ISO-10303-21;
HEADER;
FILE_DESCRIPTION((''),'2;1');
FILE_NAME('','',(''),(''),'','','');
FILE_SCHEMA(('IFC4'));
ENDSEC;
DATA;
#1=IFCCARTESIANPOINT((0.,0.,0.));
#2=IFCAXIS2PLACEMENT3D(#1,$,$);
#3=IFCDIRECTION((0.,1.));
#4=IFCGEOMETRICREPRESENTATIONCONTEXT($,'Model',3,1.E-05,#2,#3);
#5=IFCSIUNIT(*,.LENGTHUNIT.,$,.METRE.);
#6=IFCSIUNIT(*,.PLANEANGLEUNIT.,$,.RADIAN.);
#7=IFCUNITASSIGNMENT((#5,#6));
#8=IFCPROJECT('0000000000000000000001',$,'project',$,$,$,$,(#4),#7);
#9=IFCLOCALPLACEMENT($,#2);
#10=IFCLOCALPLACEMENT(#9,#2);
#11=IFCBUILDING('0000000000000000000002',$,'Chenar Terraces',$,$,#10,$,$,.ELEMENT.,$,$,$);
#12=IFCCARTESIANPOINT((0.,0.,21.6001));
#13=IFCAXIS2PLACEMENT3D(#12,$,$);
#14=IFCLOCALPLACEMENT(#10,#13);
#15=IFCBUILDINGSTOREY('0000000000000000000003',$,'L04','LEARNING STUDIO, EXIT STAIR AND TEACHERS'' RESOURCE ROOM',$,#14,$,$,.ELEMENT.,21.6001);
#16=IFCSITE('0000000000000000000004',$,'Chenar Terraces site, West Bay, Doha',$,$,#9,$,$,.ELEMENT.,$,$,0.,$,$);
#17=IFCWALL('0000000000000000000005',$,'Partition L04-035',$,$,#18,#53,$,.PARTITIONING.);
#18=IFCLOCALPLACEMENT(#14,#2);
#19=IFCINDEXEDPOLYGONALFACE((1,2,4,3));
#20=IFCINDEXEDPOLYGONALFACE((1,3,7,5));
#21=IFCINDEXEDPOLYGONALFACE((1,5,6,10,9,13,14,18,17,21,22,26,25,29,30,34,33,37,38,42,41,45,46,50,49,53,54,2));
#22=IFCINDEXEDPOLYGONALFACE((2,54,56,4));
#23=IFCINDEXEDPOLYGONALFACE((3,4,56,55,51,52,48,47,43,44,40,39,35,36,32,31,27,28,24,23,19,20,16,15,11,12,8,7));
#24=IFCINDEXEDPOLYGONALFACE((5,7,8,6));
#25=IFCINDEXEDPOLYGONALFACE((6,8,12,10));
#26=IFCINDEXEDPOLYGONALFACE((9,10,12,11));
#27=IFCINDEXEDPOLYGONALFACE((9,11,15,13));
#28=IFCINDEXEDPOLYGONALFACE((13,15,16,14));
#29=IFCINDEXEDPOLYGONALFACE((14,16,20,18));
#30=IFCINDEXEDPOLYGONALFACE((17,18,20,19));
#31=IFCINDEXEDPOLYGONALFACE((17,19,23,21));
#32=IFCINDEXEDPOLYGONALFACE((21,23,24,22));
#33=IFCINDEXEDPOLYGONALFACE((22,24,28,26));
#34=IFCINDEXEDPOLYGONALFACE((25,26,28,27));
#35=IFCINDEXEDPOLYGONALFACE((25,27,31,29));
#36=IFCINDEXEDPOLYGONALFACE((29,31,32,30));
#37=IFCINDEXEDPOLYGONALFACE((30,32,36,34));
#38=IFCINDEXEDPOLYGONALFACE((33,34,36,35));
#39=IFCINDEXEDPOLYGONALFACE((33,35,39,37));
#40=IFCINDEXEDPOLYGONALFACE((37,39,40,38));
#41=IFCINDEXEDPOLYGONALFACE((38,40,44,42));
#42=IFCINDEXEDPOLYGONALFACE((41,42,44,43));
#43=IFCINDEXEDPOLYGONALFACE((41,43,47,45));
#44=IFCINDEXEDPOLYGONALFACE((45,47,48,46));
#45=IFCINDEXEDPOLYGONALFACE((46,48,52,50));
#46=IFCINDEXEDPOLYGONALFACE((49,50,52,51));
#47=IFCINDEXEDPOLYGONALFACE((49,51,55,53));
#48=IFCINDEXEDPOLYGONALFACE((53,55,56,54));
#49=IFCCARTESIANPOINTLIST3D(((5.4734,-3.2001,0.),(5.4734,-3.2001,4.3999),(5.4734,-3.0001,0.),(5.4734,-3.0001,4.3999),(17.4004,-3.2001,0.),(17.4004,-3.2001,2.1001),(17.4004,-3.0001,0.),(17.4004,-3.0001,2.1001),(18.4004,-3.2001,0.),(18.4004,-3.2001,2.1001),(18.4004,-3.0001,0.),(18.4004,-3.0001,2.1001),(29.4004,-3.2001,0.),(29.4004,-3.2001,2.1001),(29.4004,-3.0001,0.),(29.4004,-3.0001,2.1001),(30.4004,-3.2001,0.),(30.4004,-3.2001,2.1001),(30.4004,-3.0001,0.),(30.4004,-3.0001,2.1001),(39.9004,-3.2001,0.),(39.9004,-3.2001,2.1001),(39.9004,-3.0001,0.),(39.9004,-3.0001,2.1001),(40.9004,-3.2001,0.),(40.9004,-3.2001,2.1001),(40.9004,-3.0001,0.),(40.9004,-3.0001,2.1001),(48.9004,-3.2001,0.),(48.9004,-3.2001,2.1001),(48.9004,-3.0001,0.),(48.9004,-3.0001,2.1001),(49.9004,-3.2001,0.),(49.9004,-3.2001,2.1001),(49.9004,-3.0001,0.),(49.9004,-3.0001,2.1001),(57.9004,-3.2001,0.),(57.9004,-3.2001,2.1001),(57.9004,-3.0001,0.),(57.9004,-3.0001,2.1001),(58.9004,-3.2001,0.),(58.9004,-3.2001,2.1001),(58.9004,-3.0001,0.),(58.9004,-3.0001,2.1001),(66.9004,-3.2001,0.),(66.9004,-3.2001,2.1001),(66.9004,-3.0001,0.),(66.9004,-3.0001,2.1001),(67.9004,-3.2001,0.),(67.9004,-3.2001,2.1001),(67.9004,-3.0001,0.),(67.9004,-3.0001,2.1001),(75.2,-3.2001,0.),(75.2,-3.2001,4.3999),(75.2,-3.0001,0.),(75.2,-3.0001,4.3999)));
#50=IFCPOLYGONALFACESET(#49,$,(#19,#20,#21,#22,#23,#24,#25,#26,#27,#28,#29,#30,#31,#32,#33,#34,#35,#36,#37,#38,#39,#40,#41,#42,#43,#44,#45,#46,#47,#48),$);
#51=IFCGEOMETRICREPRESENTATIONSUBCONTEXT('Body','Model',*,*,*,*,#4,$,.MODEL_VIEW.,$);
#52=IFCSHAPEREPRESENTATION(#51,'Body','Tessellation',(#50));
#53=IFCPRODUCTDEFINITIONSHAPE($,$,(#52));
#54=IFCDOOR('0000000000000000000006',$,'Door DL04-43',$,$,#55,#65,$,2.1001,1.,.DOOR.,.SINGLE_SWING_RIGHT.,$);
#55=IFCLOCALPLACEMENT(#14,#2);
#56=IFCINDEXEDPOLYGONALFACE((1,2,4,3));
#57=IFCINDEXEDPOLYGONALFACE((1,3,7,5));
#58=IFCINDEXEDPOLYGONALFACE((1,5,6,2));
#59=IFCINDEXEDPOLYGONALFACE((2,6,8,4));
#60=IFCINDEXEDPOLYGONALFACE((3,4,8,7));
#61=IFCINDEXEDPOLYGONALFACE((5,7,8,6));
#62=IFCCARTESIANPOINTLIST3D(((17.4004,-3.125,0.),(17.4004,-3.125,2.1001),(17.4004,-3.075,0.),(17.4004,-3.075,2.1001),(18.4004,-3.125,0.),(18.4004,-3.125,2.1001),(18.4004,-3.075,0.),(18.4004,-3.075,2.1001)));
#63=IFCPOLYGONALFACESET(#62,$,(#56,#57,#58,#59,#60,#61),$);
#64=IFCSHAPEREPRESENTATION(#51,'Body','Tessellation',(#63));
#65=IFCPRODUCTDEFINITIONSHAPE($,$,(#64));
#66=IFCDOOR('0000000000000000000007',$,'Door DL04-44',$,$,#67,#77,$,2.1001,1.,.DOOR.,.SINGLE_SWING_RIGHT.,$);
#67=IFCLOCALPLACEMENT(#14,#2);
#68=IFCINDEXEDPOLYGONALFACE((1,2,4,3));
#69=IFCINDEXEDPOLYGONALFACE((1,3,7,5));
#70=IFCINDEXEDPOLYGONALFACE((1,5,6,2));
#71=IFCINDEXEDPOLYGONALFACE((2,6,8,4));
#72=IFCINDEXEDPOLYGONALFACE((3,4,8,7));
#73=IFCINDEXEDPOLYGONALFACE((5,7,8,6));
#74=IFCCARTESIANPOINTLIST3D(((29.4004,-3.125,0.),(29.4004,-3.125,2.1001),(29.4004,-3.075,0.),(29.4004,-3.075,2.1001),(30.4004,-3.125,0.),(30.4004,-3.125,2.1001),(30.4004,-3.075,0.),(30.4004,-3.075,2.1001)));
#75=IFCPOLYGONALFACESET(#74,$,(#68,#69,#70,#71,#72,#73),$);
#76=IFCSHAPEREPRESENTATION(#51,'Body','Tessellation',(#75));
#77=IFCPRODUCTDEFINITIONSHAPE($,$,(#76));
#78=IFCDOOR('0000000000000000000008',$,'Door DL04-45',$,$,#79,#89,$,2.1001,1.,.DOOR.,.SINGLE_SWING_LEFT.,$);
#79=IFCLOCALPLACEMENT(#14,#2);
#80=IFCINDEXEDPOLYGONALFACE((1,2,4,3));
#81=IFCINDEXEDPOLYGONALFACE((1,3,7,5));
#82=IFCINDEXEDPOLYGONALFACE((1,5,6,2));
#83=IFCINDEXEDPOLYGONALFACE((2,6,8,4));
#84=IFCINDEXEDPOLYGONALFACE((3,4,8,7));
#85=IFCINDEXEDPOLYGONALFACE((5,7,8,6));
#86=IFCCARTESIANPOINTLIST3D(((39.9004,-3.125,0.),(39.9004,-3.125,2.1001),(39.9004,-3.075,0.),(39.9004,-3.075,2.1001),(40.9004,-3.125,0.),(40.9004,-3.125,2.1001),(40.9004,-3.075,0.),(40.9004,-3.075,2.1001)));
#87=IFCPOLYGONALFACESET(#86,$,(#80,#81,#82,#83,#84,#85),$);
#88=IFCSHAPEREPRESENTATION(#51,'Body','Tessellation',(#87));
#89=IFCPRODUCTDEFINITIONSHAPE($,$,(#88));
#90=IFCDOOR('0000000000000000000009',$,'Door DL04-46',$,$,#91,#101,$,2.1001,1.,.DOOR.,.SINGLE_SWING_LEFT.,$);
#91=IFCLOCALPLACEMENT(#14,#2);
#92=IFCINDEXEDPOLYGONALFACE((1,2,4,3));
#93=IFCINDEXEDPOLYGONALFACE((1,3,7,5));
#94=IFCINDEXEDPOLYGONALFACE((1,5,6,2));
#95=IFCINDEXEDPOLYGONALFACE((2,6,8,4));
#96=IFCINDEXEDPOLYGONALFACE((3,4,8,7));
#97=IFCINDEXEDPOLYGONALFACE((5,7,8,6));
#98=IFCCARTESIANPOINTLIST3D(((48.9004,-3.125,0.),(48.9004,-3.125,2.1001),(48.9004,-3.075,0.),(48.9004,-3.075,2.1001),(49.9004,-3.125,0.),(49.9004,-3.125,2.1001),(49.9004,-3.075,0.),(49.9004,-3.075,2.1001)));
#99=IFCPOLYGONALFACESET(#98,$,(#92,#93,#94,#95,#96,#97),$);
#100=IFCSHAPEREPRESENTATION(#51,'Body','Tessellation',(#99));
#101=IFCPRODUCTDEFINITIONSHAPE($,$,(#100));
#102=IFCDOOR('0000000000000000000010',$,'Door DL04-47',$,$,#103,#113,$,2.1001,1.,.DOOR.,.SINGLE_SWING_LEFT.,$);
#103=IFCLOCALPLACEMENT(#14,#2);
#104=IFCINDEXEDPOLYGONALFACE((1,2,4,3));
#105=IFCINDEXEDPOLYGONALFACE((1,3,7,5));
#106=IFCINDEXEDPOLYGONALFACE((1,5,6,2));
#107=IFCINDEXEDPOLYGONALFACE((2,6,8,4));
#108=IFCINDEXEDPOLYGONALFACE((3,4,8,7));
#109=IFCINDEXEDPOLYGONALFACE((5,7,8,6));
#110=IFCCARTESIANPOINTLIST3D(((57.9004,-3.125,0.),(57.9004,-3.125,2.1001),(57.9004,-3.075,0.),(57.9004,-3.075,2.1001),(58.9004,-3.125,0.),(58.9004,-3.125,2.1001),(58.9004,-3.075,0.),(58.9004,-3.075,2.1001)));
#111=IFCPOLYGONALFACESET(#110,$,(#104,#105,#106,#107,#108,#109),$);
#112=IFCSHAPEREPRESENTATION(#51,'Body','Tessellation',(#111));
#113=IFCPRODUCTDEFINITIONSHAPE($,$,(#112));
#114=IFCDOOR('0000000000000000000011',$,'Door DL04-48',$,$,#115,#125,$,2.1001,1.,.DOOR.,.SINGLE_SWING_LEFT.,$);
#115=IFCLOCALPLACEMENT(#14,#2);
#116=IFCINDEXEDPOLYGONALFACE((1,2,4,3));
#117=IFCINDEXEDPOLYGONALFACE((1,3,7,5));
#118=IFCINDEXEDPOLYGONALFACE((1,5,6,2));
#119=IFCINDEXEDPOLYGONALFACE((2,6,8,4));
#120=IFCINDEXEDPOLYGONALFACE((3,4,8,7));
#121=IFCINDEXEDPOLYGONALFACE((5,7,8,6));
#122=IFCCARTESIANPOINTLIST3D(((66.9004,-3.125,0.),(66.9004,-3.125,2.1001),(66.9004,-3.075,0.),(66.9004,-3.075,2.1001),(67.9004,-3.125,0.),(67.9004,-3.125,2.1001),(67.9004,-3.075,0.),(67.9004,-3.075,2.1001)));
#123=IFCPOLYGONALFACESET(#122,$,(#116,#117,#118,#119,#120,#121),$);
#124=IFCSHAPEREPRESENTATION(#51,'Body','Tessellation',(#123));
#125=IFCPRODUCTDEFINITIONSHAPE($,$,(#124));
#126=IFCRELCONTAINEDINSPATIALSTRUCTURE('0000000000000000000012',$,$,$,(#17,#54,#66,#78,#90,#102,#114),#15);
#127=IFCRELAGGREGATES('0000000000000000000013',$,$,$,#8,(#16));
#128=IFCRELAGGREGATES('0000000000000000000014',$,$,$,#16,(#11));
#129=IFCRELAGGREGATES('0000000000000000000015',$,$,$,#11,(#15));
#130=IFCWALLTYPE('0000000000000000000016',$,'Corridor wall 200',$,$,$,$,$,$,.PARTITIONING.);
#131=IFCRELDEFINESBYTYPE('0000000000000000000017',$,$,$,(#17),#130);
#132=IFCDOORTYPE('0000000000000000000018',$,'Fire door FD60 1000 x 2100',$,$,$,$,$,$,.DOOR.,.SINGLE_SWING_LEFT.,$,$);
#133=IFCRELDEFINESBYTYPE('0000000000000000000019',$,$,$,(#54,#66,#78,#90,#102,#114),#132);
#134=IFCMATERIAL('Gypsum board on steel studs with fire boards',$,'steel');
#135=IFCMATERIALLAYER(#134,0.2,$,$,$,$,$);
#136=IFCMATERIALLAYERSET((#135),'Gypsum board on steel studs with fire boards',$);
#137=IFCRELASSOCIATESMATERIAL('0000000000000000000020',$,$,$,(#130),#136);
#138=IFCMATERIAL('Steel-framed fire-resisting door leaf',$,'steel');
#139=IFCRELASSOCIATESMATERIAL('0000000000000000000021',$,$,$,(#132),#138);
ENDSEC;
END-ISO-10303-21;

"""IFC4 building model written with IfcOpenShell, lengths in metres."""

from ifc_helpers import new_model, si_unit, direction, frame, frame_2d, origin, place, context, subcontext, project, spatial, rectangle, extrude, material, layer, layer_set, type_object, element, fill, save


model = new_model("IFC4")

# Units and contexts
model_context = context("Model", 3, precision=1e-05, world=origin(), true_north=direction((0.0, 1.0)))
body_context = subcontext(model_context, "Body", "Model", "MODEL_VIEW")
ifc_project = project(units=[si_unit("LENGTHUNIT", "METRE"), si_unit("PLANEANGLEUNIT", "RADIAN")], contexts=[model_context])

# Site, building, storey
site_placement = place(None, origin())
site = spatial("IfcSite", under=ifc_project, at=site_placement, Name="Chenar Terraces site, West Bay, Doha", CompositionType="ELEMENT", RefElevation=0.0)
building_placement = place(site_placement, origin())
building = spatial("IfcBuilding", under=site, at=building_placement, Name="Chenar Terraces", CompositionType="ELEMENT")
storey_placement = place(building_placement, frame((0.0, 0.0, 21.6001)))
storey = spatial("IfcBuildingStorey", under=building, at=storey_placement, Name="L04", Description="LEARNING STUDIO, EXIT STAIR AND TEACHERS' RESOURCE ROOM", CompositionType="ELEMENT", Elevation=21.6001)

# Wall, openings, doors
ifc_material_1 = material(Name="Gypsum board on steel studs with fire boards", Category="steel")
ifc_layer_1 = layer(ifc_material_1, 0.2)
ifc_layer_set_1 = layer_set([ifc_layer_1], Name="Gypsum board on steel studs with fire boards")
wall_type_1 = type_object("IfcWallType", Name="Corridor wall 200", PredefinedType="PARTITIONING", material=ifc_layer_set_1)
ifc_material_2 = material(Name="Steel-framed fire-resisting door leaf", Category="steel")
door_type_1 = type_object("IfcDoorType", Name="Fire door FD60 1000 x 2100", OperationType="SINGLE_SWING_LEFT", PredefinedType="DOOR", material=ifc_material_2)
wall_1_placement = place(storey_placement, frame((5.4734, -3.1001, 0.0), z_axis=(0.0, 0.0, 1.0), x_axis=(1.0, 0.0, 0.0)))
wall_1 = element("IfcWall", 1, at=wall_1_placement, inside=storey, type_object=wall_type_1, Name="Partition L04-035", PredefinedType="PARTITIONING", context=body_context, shape_type="SweptSolid", body=[
    extrude(rectangle(XDim=69.7266, YDim=0.2, at=frame_2d((34.8633, 0.0))), origin(), (0.0, 0.0, 1.0), 4.3999),
])
opening_1_placement = place(wall_1_placement, frame((11.927, 0.0, 0.0)))
opening_1 = element("IfcOpeningElement", 2, at=opening_1_placement, cuts=wall_1, PredefinedType="OPENING", context=body_context, shape_type="SweptSolid", body=[
    extrude(rectangle(XDim=1.0, YDim=2.1001, at=frame_2d((0.5, 1.05))), frame((0.0, 0.1099, 0.0), z_axis=(0.0, -1.0, 0.0), x_axis=(1.0, 0.0, 0.0)), (0.0, 0.0, 1.0), 0.22),
])
opening_2_placement = place(wall_1_placement, frame((23.927, 0.0, 0.0)))
opening_2 = element("IfcOpeningElement", 3, at=opening_2_placement, cuts=wall_1, PredefinedType="OPENING", context=body_context, shape_type="SweptSolid", body=[
    extrude(rectangle(XDim=1.0, YDim=2.1001, at=frame_2d((0.5, 1.05))), frame((0.0, 0.1099, 0.0), z_axis=(0.0, -1.0, 0.0), x_axis=(1.0, 0.0, 0.0)), (0.0, 0.0, 1.0), 0.22),
])
opening_3_placement = place(wall_1_placement, frame((34.427, 0.0, 0.0)))
opening_3 = element("IfcOpeningElement", 4, at=opening_3_placement, cuts=wall_1, PredefinedType="OPENING", context=body_context, shape_type="SweptSolid", body=[
    extrude(rectangle(XDim=1.0, YDim=2.1001, at=frame_2d((0.5, 1.05))), frame((0.0, 0.1099, 0.0), z_axis=(0.0, -1.0, 0.0), x_axis=(1.0, 0.0, 0.0)), (0.0, 0.0, 1.0), 0.22),
])
opening_4_placement = place(wall_1_placement, frame((43.427, 0.0, 0.0)))
opening_4 = element("IfcOpeningElement", 5, at=opening_4_placement, cuts=wall_1, PredefinedType="OPENING", context=body_context, shape_type="SweptSolid", body=[
    extrude(rectangle(XDim=1.0, YDim=2.1001, at=frame_2d((0.5, 1.05))), frame((0.0, 0.1099, 0.0), z_axis=(0.0, -1.0, 0.0), x_axis=(1.0, 0.0, 0.0)), (0.0, 0.0, 1.0), 0.22),
])
opening_5_placement = place(wall_1_placement, frame((52.427, 0.0, 0.0)))
opening_5 = element("IfcOpeningElement", 6, at=opening_5_placement, cuts=wall_1, PredefinedType="OPENING", context=body_context, shape_type="SweptSolid", body=[
    extrude(rectangle(XDim=1.0, YDim=2.1001, at=frame_2d((0.5, 1.05))), frame((0.0, 0.1099, 0.0), z_axis=(0.0, -1.0, 0.0), x_axis=(1.0, 0.0, 0.0)), (0.0, 0.0, 1.0), 0.22),
])
opening_6_placement = place(wall_1_placement, frame((61.427, 0.0, 0.0)))
opening_6 = element("IfcOpeningElement", 7, at=opening_6_placement, cuts=wall_1, PredefinedType="OPENING", context=body_context, shape_type="SweptSolid", body=[
    extrude(rectangle(XDim=1.0, YDim=2.1001, at=frame_2d((0.5, 1.05))), frame((0.0, 0.1099, 0.0), z_axis=(0.0, -1.0, 0.0), x_axis=(1.0, 0.0, 0.0)), (0.0, 0.0, 1.0), 0.22),
])
door_1_placement = place(opening_1_placement, frame((1.0, 0.0, 0.0), z_axis=(0.0, 0.0, 1.0), x_axis=(-1.0, 0.0, 0.0)))
door_1 = element("IfcDoor", 8, at=door_1_placement, inside=storey, type_object=door_type_1, Name="Door DL04-43", OperationType="SINGLE_SWING_RIGHT", OverallHeight=2.1001, OverallWidth=1.0, PredefinedType="DOOR", context=body_context, shape_type="SweptSolid", body=[
    extrude(rectangle(XDim=1.0, YDim=2.1001, at=frame_2d((0.5, 1.05))), frame((0.0, 0.0249, 0.0), z_axis=(0.0, -1.0, 0.0), x_axis=(1.0, 0.0, 0.0)), (0.0, 0.0, 1.0), 0.05),
])
fill(opening_1, door_1)
door_2_placement = place(opening_2_placement, frame((1.0, 0.0, 0.0), z_axis=(0.0, 0.0, 1.0), x_axis=(-1.0, 0.0, 0.0)))
door_2 = element("IfcDoor", 9, at=door_2_placement, inside=storey, type_object=door_type_1, Name="Door DL04-44", OperationType="SINGLE_SWING_RIGHT", OverallHeight=2.1001, OverallWidth=1.0, PredefinedType="DOOR", context=body_context, shape_type="SweptSolid", body=[
    extrude(rectangle(XDim=1.0, YDim=2.1001, at=frame_2d((0.5, 1.05))), frame((0.0, 0.0249, 0.0), z_axis=(0.0, -1.0, 0.0), x_axis=(1.0, 0.0, 0.0)), (0.0, 0.0, 1.0), 0.05),
])
fill(opening_2, door_2)
door_3_placement = place(opening_3_placement, frame((1.0, 0.0, 0.0), z_axis=(0.0, 0.0, 1.0), x_axis=(-1.0, 0.0, 0.0)))
door_3 = element("IfcDoor", 10, at=door_3_placement, inside=storey, type_object=door_type_1, Name="Door DL04-45", OperationType="SINGLE_SWING_LEFT", OverallHeight=2.1001, OverallWidth=1.0, PredefinedType="DOOR", context=body_context, shape_type="SweptSolid", body=[
    extrude(rectangle(XDim=1.0, YDim=2.1001, at=frame_2d((0.5, 1.05))), frame((0.0, 0.0249, 0.0), z_axis=(0.0, -1.0, 0.0), x_axis=(1.0, 0.0, 0.0)), (0.0, 0.0, 1.0), 0.05),
])
fill(opening_3, door_3)
door_4_placement = place(opening_4_placement, frame((1.0, 0.0, 0.0), z_axis=(0.0, 0.0, 1.0), x_axis=(-1.0, 0.0, 0.0)))
door_4 = element("IfcDoor", 11, at=door_4_placement, inside=storey, type_object=door_type_1, Name="Door DL04-46", OperationType="SINGLE_SWING_LEFT", OverallHeight=2.1001, OverallWidth=1.0, PredefinedType="DOOR", context=body_context, shape_type="SweptSolid", body=[
    extrude(rectangle(XDim=1.0, YDim=2.1001, at=frame_2d((0.5, 1.05))), frame((0.0, 0.0249, 0.0), z_axis=(0.0, -1.0, 0.0), x_axis=(1.0, 0.0, 0.0)), (0.0, 0.0, 1.0), 0.05),
])
fill(opening_4, door_4)
door_5_placement = place(opening_5_placement, frame((1.0, 0.0, 0.0), z_axis=(0.0, 0.0, 1.0), x_axis=(-1.0, 0.0, 0.0)))
door_5 = element("IfcDoor", 12, at=door_5_placement, inside=storey, type_object=door_type_1, Name="Door DL04-47", OperationType="SINGLE_SWING_LEFT", OverallHeight=2.1001, OverallWidth=1.0, PredefinedType="DOOR", context=body_context, shape_type="SweptSolid", body=[
    extrude(rectangle(XDim=1.0, YDim=2.1001, at=frame_2d((0.5, 1.05))), frame((0.0, 0.0249, 0.0), z_axis=(0.0, -1.0, 0.0), x_axis=(1.0, 0.0, 0.0)), (0.0, 0.0, 1.0), 0.05),
])
fill(opening_5, door_5)
door_6_placement = place(opening_6_placement, frame((1.0, 0.0, 0.0), z_axis=(0.0, 0.0, 1.0), x_axis=(-1.0, 0.0, 0.0)))
door_6 = element("IfcDoor", 13, at=door_6_placement, inside=storey, type_object=door_type_1, Name="Door DL04-48", OperationType="SINGLE_SWING_LEFT", OverallHeight=2.1001, OverallWidth=1.0, PredefinedType="DOOR", context=body_context, shape_type="SweptSolid", body=[
    extrude(rectangle(XDim=1.0, YDim=2.1001, at=frame_2d((0.5, 1.05))), frame((0.0, 0.0249, 0.0), z_axis=(0.0, -1.0, 0.0), x_axis=(1.0, 0.0, 0.0)), (0.0, 0.0, 1.0), 0.05),
])
fill(opening_6, door_6)

save(model, "model.ifc")
